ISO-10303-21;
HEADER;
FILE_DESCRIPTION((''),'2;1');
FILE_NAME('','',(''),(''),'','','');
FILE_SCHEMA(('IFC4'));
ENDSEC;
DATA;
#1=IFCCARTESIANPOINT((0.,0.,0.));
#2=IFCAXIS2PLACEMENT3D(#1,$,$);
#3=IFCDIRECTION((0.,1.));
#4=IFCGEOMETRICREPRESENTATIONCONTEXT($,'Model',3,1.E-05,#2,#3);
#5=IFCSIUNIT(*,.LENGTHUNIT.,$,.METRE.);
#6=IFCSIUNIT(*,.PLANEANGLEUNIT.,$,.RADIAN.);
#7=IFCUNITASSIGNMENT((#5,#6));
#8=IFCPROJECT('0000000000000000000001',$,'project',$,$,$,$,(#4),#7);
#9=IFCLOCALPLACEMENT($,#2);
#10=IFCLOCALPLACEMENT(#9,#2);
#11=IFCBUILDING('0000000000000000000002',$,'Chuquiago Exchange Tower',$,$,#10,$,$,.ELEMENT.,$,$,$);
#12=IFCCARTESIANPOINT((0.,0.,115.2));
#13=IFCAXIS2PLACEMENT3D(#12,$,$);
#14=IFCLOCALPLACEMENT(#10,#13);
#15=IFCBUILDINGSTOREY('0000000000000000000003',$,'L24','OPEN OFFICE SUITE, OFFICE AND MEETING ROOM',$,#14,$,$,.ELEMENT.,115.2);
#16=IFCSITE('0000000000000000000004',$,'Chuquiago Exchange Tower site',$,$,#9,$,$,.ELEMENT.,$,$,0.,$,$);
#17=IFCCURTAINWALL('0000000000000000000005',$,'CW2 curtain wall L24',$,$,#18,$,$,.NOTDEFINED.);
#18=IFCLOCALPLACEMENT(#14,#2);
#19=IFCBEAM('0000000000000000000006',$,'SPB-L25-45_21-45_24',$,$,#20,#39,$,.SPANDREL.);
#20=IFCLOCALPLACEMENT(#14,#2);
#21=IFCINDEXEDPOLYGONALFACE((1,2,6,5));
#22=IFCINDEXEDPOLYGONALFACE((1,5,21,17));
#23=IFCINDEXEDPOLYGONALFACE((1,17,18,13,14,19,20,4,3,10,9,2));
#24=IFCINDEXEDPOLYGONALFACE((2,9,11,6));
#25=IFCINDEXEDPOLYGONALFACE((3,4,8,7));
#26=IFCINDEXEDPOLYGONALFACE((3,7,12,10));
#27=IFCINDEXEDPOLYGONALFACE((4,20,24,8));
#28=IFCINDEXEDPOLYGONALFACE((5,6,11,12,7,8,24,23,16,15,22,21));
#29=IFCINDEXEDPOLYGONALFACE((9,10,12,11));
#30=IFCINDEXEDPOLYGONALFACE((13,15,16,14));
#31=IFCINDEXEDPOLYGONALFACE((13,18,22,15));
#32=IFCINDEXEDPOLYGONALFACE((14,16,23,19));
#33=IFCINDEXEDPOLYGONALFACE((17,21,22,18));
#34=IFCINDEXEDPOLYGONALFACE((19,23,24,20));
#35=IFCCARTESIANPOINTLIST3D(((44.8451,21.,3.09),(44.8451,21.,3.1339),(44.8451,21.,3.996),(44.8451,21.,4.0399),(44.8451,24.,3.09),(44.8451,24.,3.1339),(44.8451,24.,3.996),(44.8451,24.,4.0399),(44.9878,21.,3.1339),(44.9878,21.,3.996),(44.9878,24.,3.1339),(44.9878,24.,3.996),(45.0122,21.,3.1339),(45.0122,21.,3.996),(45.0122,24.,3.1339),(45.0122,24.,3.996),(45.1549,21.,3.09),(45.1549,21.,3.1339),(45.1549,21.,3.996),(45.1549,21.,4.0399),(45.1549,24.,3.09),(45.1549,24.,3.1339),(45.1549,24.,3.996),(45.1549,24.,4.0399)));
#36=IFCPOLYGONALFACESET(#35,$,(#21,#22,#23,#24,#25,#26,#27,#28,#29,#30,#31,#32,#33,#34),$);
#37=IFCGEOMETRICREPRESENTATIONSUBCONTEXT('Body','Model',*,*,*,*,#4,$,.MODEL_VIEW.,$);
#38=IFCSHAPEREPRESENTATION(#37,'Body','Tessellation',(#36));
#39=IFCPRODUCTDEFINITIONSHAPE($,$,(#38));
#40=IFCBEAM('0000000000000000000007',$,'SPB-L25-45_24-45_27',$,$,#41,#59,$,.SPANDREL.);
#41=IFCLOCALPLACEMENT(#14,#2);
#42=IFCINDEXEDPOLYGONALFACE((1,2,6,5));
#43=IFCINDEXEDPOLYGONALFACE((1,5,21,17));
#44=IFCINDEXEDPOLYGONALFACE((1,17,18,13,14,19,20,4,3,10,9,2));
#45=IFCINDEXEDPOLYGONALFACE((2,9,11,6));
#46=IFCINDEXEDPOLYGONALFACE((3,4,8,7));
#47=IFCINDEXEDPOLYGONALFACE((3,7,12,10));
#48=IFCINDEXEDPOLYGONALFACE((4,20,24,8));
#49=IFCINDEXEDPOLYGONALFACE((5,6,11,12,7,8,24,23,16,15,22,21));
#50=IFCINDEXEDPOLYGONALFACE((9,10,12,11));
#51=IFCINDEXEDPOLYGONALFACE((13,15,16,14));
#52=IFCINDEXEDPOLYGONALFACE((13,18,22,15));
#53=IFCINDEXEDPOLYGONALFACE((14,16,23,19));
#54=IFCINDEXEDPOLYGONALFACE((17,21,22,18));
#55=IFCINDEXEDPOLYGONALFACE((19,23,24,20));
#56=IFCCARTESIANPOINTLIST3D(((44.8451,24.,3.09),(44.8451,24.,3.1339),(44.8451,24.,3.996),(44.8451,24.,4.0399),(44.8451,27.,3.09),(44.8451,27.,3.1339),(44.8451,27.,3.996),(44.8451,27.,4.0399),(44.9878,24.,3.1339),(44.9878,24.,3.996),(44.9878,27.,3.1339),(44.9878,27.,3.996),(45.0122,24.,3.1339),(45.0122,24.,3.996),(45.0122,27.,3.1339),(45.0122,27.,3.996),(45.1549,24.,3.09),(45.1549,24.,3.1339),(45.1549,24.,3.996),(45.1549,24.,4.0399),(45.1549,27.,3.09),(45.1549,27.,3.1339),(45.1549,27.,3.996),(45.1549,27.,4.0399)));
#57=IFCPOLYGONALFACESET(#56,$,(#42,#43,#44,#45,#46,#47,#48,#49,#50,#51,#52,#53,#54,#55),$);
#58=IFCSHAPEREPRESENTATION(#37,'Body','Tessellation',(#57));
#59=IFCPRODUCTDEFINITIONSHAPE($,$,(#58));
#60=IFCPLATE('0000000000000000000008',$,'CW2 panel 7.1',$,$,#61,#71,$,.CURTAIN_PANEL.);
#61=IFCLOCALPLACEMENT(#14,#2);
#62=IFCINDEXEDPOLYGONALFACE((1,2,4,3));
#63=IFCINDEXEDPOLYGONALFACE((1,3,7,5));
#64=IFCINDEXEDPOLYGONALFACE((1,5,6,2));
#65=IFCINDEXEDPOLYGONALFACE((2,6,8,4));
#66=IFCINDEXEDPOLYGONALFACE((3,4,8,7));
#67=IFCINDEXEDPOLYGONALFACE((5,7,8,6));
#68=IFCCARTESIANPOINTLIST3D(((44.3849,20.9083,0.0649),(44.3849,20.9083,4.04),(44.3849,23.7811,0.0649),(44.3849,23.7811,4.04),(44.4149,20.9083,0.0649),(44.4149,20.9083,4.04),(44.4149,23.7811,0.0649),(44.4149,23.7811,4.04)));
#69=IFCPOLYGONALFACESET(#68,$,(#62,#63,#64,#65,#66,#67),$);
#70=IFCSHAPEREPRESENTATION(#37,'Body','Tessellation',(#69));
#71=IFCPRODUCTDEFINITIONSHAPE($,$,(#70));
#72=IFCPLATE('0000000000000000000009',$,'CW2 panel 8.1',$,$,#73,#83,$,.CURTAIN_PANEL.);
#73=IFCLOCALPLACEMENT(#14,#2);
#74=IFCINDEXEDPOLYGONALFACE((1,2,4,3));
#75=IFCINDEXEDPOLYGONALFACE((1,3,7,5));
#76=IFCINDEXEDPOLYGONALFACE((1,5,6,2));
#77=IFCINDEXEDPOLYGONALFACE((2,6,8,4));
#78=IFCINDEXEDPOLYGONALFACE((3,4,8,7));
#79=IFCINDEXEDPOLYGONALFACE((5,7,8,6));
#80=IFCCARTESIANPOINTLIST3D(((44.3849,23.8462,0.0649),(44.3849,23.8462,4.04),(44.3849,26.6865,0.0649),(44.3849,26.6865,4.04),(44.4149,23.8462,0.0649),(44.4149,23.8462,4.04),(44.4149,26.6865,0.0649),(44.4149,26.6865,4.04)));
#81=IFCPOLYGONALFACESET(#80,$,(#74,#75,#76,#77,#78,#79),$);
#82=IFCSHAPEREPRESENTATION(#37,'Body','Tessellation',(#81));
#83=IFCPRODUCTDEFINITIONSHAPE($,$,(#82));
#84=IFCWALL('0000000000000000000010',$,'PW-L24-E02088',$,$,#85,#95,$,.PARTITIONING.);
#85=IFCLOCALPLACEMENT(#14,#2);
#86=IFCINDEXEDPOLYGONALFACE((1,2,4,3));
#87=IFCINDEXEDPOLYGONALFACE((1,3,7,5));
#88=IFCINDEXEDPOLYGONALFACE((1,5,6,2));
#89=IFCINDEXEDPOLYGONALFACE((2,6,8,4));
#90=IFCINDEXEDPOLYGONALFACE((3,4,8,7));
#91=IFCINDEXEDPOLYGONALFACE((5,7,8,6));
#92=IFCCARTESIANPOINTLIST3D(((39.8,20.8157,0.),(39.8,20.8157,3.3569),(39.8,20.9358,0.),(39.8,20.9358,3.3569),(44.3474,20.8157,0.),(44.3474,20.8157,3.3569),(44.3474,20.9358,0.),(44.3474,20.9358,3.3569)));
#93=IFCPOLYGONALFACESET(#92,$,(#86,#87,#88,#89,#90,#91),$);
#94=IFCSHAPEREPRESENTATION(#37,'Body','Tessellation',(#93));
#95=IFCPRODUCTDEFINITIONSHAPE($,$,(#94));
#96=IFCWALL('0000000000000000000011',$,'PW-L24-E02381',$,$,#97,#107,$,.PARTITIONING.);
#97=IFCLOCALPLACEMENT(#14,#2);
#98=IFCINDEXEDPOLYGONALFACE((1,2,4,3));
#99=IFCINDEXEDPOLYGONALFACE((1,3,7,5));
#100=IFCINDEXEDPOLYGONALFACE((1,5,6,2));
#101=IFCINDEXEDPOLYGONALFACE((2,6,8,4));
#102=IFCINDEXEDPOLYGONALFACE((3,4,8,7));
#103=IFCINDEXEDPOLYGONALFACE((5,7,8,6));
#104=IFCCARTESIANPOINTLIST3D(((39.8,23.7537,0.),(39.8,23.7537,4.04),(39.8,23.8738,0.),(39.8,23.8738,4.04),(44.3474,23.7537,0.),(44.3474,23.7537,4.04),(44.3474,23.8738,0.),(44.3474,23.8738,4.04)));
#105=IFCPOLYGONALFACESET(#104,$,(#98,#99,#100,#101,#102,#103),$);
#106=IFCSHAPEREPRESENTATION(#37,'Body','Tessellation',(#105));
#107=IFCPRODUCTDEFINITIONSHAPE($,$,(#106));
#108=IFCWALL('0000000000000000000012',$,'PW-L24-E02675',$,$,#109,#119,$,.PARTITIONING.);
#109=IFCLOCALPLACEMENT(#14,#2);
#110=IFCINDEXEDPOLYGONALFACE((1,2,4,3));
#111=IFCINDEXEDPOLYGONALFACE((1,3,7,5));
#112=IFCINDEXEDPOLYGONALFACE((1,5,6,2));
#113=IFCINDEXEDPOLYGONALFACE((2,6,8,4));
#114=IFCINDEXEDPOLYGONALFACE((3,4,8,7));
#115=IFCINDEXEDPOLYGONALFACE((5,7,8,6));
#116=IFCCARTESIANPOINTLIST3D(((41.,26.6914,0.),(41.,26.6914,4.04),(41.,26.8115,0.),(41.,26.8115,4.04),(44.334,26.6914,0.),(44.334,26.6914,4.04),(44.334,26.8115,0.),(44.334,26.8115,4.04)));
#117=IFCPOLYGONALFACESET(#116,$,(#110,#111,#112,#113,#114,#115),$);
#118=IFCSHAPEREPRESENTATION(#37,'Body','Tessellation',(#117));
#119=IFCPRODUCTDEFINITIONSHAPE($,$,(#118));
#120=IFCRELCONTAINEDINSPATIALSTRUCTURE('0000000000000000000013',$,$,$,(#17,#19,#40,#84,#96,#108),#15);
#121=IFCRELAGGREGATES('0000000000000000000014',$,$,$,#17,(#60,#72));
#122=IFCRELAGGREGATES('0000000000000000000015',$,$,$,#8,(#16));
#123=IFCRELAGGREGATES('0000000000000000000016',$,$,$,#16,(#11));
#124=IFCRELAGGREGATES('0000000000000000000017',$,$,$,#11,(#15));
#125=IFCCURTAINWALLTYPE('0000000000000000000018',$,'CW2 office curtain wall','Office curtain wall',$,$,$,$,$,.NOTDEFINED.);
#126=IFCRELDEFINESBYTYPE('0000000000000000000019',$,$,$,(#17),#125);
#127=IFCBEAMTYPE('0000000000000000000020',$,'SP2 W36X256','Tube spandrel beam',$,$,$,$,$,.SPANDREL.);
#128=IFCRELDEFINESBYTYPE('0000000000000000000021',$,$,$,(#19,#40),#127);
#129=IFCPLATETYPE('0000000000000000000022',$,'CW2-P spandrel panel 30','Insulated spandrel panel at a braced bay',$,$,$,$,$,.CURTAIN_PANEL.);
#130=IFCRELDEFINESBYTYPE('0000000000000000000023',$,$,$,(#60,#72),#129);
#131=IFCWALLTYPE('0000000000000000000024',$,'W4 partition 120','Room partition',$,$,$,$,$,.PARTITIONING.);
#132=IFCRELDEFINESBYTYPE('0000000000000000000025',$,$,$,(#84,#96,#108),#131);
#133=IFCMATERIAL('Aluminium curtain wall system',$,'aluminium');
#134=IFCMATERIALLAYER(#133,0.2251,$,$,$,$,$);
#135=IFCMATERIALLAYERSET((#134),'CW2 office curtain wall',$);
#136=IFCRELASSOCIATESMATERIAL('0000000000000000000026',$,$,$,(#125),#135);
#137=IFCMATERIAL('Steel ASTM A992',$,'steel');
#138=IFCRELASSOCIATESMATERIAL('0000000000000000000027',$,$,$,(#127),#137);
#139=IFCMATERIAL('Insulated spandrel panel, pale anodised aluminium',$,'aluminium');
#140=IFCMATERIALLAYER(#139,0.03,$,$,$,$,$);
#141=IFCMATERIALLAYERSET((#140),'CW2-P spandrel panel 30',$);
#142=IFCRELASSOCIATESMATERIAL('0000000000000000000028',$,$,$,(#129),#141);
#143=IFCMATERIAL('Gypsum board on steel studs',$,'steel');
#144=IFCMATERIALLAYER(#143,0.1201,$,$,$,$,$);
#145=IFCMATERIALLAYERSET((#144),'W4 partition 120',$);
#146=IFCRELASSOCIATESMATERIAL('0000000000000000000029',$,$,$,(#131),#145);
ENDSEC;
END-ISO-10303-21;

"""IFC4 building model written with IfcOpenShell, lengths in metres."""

from ifc_helpers import new_model, si_unit, direction, frame, frame_2d, origin, origin_2d, place, context, subcontext, project, spatial, rectangle, i_section, extrude, material, layer, layer_set, material_profile, profile_set, type_object, element, aggregate, save


model = new_model("IFC4")

# Units and contexts
model_context = context("Model", 3, precision=1e-05, world=origin(), true_north=direction((0.0, 1.0)))
body_context = subcontext(model_context, "Body", "Model", "MODEL_VIEW")
ifc_project = project(units=[si_unit("LENGTHUNIT", "METRE"), si_unit("PLANEANGLEUNIT", "RADIAN")], contexts=[model_context])

# Site, building, storey
site_placement = place(None, origin())
site = spatial("IfcSite", under=ifc_project, at=site_placement, Name="Chuquiago Exchange Tower site", CompositionType="ELEMENT", RefElevation=0.0)
building_placement = place(site_placement, origin())
building = spatial("IfcBuilding", under=site, at=building_placement, Name="Chuquiago Exchange Tower", CompositionType="ELEMENT")
storey_placement = place(building_placement, frame((0.0, 0.0, 115.2)))
storey = spatial("IfcBuildingStorey", under=building, at=storey_placement, Name="L24", Description="OPEN OFFICE SUITE, OFFICE AND MEETING ROOM", CompositionType="ELEMENT", Elevation=115.2)

# Curtain wall
ifc_material_1 = material(Name="Aluminium curtain wall system", Category="aluminium")
ifc_layer_1 = layer(ifc_material_1, 0.2251)
ifc_layer_set_1 = layer_set([ifc_layer_1], Name="CW2 office curtain wall")
curtain_wall_type_1 = type_object("IfcCurtainWallType", Name="CW2 office curtain wall", Description="Office curtain wall", PredefinedType="NOTDEFINED", material=ifc_layer_set_1)
curtain_wall_1_placement = place(storey_placement, origin())
curtain_wall_1 = element("IfcCurtainWall", 1, at=curtain_wall_1_placement, inside=storey, type_object=curtain_wall_type_1, Name="CW2 curtain wall L24", PredefinedType="NOTDEFINED")

# Beams
ifc_material_2 = material(Name="Steel ASTM A992", Category="steel")
ifc_material_profile_1 = material_profile(ifc_material_2, i_section(OverallWidth=0.3098, OverallDepth=0.95, WebThickness=0.0244, FlangeThickness=0.0439, at=origin_2d()), Name="W36X256")
ifc_profile_set_1 = profile_set([ifc_material_profile_1], Name="Steel ASTM A992")
beam_type = type_object("IfcBeamType", Name="SP2 W36X256", Description="Tube spandrel beam", PredefinedType="SPANDREL", material=ifc_profile_set_1)
for number, where, z_axis, x_axis, name in (
    (2, (45.0, 21.0, 3.5649), (0.0, 1.0, 0.0), (-1.0, 0.0, 0.0), "SPB-L25-45_21-45_24"),
    (3, (45.0, 24.0, 3.5649), (0.0, 1.0, 0.0), (-1.0, 0.0, 0.0), "SPB-L25-45_24-45_27"),
):
    element("IfcBeam", number, at=place(storey_placement, frame(where, z_axis=z_axis, x_axis=x_axis)), inside=storey, type_object=beam_type, Name=name, PredefinedType="SPANDREL", context=body_context, shape_type="SweptSolid", body=[
        extrude(i_section(OverallWidth=0.3098, OverallDepth=0.95, WebThickness=0.0244, FlangeThickness=0.0439, at=origin_2d()), origin(), (0.0, 0.0, 1.0), 3.0),
    ])

# Plates
ifc_material_3 = material(Name="Insulated spandrel panel, pale anodised aluminium", Category="aluminium")
ifc_layer_2 = layer(ifc_material_3, 0.03)
ifc_layer_set_2 = layer_set([ifc_layer_2], Name="CW2-P spandrel panel 30")
plate_type = type_object("IfcPlateType", Name="CW2-P spandrel panel 30", Description="Insulated spandrel panel at a braced bay", PredefinedType="CURTAIN_PANEL", material=ifc_layer_set_2)
plate_1_placement = place(storey_placement, frame((44.3999, 22.3447, 0.0649), z_axis=(0.0, 0.0, 1.0), x_axis=(0.0, 1.0, 0.0)))
plate_1 = element("IfcPlate", 4, at=plate_1_placement, type_object=plate_type, Name="CW2 panel 7.1", PredefinedType="CURTAIN_PANEL", context=body_context, shape_type="SweptSolid", body=[
    extrude(rectangle(XDim=2.8728, YDim=0.03, at=origin_2d()), origin(), (0.0, 0.0, 1.0), 3.9751),
])
plate_2_placement = place(storey_placement, frame((44.3999, 25.2664, 0.0649), z_axis=(0.0, 0.0, 1.0), x_axis=(0.0, 1.0, 0.0)))
plate_2 = element("IfcPlate", 5, at=plate_2_placement, type_object=plate_type, Name="CW2 panel 8.1", PredefinedType="CURTAIN_PANEL", context=body_context, shape_type="SweptSolid", body=[
    extrude(rectangle(XDim=2.8403, YDim=0.03, at=origin_2d()), origin(), (0.0, 0.0, 1.0), 3.9751),
])
aggregate(curtain_wall_1, [plate_1, plate_2])

# Walls
ifc_material_4 = material(Name="Gypsum board on steel studs", Category="steel")
ifc_layer_3 = layer(ifc_material_4, 0.1201)
ifc_layer_set_3 = layer_set([ifc_layer_3], Name="W4 partition 120")
wall_type = type_object("IfcWallType", Name="W4 partition 120", Description="Room partition", PredefinedType="PARTITIONING", material=ifc_layer_set_3)
wall_1_placement = place(storey_placement, frame((44.3474, 20.8757, 0.0), z_axis=(0.0, 0.0, 1.0), x_axis=(-1.0, 0.0, 0.0)))
element("IfcWall", 6, at=wall_1_placement, inside=storey, type_object=wall_type, Name="PW-L24-E02088", PredefinedType="PARTITIONING", context=body_context, shape_type="SweptSolid", body=[
    extrude(rectangle(XDim=4.5474, YDim=0.1201, at=frame_2d((2.2737, 0.0))), origin(), (0.0, 0.0, 1.0), 3.3569),
])
wall_2_placement = place(storey_placement, frame((44.3474, 23.8137, 0.0), z_axis=(0.0, 0.0, 1.0), x_axis=(-1.0, 0.0, 0.0)))
element("IfcWall", 7, at=wall_2_placement, inside=storey, type_object=wall_type, Name="PW-L24-E02381", PredefinedType="PARTITIONING", context=body_context, shape_type="SweptSolid", body=[
    extrude(rectangle(XDim=4.5474, YDim=0.1201, at=frame_2d((2.2737, 0.0))), origin(), (0.0, 0.0, 1.0), 4.04),
])
wall_3_placement = place(storey_placement, frame((44.334, 26.7515, 0.0), z_axis=(0.0, 0.0, 1.0), x_axis=(-1.0, 0.0, 0.0)))
element("IfcWall", 8, at=wall_3_placement, inside=storey, type_object=wall_type, Name="PW-L24-E02675", PredefinedType="PARTITIONING", context=body_context, shape_type="SweptSolid", body=[
    extrude(rectangle(XDim=3.334, YDim=0.1201, at=frame_2d((1.667, 0.0))), origin(), (0.0, 0.0, 1.0), 4.04),
])

save(model, "model.ifc")
